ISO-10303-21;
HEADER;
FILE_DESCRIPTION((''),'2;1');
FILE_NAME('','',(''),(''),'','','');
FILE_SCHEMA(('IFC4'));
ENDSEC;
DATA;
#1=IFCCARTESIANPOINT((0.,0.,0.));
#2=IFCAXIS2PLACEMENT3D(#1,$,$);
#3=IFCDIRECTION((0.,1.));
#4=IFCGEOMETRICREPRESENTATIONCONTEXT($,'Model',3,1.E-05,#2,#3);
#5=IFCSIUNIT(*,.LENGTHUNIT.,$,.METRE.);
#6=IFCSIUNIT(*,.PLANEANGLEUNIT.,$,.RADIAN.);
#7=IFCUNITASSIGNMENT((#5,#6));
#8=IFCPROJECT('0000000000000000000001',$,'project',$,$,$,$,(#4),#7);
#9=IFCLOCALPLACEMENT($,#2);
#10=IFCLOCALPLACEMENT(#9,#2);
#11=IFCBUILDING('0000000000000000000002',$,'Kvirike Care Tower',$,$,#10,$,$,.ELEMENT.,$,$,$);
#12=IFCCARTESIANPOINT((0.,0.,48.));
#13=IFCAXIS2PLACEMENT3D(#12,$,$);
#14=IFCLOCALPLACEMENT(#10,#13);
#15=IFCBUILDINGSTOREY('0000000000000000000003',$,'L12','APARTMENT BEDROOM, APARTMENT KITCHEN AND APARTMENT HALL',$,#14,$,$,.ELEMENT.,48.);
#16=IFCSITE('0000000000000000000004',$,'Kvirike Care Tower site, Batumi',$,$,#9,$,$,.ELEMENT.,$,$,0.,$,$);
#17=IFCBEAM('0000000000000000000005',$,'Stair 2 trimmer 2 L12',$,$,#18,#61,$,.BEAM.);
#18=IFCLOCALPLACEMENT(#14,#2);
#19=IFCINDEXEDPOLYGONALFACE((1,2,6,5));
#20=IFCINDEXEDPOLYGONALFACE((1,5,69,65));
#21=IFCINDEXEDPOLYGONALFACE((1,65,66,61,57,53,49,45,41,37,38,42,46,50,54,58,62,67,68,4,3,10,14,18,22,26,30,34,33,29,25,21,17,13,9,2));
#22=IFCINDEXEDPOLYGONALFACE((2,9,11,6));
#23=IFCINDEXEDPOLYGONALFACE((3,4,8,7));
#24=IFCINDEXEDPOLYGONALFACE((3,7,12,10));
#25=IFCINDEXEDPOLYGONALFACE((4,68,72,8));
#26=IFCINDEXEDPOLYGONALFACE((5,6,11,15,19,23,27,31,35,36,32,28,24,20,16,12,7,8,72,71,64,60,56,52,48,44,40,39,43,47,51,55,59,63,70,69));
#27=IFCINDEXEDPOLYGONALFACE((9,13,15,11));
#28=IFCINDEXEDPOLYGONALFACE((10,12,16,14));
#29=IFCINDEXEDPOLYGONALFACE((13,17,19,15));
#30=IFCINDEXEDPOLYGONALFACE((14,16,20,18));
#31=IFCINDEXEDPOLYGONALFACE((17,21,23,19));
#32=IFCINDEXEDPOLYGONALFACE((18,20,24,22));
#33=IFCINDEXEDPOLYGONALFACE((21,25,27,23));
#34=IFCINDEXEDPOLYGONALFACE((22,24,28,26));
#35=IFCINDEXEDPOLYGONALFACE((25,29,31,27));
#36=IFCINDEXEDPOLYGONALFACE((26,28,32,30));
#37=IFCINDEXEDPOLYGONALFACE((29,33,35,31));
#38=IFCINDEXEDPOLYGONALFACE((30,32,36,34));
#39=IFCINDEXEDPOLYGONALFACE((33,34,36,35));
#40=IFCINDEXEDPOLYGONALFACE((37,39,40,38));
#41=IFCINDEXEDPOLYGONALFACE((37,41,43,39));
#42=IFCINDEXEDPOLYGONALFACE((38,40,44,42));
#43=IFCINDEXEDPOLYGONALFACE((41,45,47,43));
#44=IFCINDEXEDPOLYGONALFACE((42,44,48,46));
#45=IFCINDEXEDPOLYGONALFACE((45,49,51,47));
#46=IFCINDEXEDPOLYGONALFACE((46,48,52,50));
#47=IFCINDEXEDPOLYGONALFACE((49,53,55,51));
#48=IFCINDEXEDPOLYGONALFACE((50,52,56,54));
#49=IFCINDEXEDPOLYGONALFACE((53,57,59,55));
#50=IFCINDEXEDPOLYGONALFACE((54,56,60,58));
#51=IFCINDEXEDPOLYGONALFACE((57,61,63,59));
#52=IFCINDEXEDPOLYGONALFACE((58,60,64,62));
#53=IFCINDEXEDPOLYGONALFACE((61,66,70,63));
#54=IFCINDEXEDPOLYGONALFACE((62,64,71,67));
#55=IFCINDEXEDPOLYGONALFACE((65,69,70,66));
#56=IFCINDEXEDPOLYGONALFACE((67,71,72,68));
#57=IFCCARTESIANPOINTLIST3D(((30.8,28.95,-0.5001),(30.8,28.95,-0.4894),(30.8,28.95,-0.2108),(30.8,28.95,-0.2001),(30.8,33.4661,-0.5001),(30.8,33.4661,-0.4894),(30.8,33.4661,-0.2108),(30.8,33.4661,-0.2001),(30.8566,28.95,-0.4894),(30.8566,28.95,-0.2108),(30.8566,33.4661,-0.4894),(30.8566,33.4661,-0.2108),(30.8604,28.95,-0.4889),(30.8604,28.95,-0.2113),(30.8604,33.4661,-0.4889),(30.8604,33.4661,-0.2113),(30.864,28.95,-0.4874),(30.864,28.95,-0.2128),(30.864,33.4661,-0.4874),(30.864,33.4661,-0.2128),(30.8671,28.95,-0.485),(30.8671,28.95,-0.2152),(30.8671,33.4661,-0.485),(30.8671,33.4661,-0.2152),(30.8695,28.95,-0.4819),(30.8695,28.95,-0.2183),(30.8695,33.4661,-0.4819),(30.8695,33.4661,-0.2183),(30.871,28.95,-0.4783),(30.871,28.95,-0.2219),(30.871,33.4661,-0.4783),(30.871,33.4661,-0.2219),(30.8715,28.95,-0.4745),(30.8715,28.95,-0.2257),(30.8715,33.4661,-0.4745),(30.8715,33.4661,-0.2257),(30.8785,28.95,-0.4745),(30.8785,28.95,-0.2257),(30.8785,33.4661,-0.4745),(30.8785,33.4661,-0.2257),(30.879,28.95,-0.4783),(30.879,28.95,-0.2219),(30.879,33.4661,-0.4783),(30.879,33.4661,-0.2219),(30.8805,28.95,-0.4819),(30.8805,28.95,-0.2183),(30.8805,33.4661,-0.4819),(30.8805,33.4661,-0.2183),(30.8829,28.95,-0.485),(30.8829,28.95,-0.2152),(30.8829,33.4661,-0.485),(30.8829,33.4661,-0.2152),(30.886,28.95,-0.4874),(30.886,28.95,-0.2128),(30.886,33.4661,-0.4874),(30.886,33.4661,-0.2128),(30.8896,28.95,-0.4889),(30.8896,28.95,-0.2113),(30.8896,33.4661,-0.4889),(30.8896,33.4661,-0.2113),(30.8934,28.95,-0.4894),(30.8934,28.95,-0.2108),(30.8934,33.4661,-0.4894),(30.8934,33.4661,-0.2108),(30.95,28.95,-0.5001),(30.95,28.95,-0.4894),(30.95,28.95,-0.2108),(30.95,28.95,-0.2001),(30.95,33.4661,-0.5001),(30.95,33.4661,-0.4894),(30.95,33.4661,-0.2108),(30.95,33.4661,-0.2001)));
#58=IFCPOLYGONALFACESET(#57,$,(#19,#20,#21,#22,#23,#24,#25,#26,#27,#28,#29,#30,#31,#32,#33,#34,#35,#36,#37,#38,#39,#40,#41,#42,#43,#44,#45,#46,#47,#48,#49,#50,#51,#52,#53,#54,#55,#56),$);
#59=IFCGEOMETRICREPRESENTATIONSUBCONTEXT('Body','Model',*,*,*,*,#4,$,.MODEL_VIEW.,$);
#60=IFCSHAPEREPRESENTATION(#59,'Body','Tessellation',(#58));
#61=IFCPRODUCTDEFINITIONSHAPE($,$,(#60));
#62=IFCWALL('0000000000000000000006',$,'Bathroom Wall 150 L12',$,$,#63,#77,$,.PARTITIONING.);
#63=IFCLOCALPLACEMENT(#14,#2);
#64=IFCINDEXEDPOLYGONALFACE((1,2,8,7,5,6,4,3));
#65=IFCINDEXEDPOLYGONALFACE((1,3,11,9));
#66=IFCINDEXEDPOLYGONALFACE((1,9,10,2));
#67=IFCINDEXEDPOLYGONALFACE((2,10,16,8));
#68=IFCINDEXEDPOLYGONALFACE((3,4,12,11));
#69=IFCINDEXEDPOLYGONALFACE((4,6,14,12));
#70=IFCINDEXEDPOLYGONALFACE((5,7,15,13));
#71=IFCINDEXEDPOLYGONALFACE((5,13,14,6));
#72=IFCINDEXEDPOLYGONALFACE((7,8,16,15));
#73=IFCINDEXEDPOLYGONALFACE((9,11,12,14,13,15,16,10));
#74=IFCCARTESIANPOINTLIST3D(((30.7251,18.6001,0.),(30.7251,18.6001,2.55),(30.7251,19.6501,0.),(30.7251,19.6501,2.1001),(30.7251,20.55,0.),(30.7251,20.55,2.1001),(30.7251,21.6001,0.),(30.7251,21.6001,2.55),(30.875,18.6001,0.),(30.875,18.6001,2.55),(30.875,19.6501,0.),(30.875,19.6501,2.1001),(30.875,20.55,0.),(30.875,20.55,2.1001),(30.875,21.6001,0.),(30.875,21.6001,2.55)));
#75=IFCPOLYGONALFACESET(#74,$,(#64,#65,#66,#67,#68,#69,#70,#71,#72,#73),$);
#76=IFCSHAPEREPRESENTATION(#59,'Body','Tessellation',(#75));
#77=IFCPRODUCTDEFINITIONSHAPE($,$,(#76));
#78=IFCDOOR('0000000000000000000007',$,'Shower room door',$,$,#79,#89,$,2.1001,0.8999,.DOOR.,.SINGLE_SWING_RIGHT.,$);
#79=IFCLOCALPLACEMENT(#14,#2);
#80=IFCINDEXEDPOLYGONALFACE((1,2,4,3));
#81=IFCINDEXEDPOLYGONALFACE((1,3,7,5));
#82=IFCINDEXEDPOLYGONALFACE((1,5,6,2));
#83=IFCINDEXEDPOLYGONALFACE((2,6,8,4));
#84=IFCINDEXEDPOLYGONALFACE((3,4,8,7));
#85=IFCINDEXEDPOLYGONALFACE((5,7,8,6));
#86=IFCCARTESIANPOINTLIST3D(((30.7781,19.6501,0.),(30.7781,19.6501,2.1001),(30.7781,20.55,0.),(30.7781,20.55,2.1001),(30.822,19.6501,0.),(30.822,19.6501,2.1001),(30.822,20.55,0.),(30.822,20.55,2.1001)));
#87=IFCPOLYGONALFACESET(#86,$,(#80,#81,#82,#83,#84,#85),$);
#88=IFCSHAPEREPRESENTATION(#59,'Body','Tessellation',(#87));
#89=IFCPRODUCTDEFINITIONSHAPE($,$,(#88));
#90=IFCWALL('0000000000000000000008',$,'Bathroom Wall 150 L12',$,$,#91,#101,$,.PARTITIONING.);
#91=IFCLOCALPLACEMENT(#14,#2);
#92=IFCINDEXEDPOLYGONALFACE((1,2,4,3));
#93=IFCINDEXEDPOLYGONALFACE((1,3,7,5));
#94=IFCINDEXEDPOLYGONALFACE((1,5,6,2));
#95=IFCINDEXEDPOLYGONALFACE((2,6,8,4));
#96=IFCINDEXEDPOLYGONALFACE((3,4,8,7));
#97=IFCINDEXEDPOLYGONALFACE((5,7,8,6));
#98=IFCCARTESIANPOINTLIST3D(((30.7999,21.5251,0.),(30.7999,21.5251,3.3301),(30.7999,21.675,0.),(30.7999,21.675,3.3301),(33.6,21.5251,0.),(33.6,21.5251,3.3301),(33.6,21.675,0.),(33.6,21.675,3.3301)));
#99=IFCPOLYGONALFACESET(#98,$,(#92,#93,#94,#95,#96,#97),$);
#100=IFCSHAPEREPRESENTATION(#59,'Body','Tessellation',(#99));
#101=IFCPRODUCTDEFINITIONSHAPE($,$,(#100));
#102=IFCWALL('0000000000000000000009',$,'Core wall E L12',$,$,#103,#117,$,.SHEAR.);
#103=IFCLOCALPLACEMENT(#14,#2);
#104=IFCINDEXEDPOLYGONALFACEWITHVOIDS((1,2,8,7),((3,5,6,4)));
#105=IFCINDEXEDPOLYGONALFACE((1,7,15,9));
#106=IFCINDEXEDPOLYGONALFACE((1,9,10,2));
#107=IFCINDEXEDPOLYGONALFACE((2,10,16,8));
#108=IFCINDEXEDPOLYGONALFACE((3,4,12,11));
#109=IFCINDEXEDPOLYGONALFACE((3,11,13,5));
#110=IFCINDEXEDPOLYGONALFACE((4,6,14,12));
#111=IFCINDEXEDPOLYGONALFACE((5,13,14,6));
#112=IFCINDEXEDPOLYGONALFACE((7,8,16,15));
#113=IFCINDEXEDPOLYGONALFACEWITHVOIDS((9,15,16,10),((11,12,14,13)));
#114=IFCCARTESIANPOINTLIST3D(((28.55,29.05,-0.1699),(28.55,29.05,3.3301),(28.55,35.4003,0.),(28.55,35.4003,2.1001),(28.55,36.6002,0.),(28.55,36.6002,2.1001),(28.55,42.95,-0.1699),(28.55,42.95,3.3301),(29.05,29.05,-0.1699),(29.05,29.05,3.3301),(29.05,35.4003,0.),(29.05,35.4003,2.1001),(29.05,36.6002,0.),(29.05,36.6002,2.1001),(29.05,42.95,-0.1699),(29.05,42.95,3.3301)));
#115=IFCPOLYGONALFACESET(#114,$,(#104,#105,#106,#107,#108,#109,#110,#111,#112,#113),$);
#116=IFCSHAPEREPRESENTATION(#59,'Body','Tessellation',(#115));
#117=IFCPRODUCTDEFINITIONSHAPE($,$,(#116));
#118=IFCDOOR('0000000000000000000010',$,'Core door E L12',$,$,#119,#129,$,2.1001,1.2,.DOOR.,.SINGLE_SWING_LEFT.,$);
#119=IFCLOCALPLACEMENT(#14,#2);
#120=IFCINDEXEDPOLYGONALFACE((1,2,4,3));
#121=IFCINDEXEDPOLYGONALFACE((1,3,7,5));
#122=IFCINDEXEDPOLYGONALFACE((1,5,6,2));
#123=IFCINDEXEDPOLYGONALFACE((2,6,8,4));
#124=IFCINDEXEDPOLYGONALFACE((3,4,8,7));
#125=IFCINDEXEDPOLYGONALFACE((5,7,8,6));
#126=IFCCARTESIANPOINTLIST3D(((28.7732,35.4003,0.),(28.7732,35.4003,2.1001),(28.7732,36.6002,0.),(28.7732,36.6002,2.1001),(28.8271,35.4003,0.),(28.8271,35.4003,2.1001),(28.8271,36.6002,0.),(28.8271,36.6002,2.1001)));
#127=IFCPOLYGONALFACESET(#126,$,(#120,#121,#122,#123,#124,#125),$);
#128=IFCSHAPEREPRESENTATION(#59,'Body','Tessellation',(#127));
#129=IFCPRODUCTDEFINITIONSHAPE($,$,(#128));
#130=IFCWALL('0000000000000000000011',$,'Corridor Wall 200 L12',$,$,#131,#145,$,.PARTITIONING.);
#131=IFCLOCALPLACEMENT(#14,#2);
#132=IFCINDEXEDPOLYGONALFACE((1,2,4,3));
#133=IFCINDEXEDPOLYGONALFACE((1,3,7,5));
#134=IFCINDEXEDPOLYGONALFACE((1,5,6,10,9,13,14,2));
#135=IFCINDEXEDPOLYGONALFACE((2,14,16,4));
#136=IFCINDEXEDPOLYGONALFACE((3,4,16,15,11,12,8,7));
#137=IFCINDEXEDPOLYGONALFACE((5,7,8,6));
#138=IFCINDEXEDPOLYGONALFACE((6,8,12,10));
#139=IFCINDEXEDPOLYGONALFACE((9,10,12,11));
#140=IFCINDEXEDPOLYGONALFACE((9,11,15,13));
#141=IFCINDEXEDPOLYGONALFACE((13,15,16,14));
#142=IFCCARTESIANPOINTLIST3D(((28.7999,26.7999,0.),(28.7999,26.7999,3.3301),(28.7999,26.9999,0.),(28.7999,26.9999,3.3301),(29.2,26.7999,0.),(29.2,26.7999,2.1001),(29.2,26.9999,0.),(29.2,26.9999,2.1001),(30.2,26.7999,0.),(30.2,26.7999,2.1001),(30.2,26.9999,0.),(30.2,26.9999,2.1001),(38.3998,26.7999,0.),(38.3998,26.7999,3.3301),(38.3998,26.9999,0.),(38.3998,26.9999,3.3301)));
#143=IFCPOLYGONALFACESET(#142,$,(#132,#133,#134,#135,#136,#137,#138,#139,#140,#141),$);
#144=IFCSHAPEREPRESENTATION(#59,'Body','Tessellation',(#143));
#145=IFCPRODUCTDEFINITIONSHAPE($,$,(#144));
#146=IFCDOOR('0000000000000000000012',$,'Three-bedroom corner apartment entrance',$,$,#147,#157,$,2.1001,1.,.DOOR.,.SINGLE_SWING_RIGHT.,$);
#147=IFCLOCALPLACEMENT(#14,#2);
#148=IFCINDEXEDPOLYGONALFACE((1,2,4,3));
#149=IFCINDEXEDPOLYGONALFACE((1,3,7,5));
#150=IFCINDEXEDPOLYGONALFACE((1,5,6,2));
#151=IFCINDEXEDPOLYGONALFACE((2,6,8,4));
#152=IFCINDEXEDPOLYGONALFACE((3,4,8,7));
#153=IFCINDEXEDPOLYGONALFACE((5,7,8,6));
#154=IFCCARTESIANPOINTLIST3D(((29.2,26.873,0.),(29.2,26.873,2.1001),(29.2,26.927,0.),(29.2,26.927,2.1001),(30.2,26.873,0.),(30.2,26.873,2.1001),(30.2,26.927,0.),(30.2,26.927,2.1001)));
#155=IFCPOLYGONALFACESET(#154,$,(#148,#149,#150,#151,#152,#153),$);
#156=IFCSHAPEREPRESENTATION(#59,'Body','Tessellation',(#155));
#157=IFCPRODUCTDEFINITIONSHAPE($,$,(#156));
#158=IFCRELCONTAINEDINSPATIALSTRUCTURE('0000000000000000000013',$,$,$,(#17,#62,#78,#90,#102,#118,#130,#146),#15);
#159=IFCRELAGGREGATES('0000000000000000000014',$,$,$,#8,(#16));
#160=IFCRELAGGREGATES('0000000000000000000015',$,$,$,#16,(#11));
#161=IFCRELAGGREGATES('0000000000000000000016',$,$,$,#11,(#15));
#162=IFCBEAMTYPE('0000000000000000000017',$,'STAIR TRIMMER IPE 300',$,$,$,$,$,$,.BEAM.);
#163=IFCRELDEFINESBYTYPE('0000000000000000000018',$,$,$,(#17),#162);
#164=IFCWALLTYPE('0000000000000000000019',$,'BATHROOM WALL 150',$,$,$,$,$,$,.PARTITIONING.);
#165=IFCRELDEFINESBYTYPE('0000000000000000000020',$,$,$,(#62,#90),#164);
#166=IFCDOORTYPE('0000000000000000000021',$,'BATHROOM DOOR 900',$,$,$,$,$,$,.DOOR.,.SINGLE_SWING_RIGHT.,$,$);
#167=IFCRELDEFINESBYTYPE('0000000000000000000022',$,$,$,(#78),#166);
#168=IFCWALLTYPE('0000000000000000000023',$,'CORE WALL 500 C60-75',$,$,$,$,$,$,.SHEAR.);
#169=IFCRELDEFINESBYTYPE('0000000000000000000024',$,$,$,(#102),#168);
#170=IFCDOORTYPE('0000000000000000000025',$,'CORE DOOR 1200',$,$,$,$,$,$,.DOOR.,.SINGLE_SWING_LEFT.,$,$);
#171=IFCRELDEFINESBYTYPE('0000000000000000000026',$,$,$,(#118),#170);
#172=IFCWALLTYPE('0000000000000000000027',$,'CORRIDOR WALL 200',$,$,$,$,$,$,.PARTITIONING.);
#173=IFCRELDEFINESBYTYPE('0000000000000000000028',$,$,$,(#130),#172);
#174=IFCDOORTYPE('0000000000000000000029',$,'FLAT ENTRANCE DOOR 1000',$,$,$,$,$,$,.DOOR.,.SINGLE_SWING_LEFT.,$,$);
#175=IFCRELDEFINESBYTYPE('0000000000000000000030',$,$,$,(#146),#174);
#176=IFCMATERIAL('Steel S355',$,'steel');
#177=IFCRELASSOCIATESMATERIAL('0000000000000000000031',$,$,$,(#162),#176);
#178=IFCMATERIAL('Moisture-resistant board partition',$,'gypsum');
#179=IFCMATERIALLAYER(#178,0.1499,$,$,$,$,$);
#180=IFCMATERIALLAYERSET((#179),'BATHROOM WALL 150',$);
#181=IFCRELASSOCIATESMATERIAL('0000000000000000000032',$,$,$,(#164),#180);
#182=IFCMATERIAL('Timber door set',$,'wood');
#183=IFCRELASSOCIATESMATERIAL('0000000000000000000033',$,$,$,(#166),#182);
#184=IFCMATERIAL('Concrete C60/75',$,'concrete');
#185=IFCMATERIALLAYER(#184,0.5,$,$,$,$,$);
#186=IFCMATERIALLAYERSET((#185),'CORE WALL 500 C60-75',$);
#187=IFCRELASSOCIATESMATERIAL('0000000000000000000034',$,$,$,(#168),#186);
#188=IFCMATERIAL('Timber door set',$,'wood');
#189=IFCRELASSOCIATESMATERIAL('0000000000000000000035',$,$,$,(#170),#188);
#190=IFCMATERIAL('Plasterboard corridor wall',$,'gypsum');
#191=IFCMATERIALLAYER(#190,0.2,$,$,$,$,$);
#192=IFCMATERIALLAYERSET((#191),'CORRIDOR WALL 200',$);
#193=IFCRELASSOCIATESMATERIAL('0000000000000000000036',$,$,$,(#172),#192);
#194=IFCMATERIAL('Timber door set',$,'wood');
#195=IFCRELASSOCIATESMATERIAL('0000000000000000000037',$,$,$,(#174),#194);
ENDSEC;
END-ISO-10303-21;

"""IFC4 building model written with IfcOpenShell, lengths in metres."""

from ifc_helpers import new_model, si_unit, direction, frame, frame_2d, origin, origin_2d, place, context, subcontext, project, spatial, rectangle, i_section, extrude, material, layer, layer_set, material_profile, profile_set, type_object, element, fill, save


model = new_model("IFC4")

# Units and contexts
model_context = context("Model", 3, precision=1e-05, world=origin(), true_north=direction((0.0, 1.0)))
body_context = subcontext(model_context, "Body", "Model", "MODEL_VIEW")
ifc_project = project(units=[si_unit("LENGTHUNIT", "METRE"), si_unit("PLANEANGLEUNIT", "RADIAN")], contexts=[model_context])

# Site, building, storey
site_placement = place(None, origin())
site = spatial("IfcSite", under=ifc_project, at=site_placement, Name="Kvirike Care Tower site, Batumi", CompositionType="ELEMENT", RefElevation=0.0)
building_placement = place(site_placement, origin())
building = spatial("IfcBuilding", under=site, at=building_placement, Name="Kvirike Care Tower", CompositionType="ELEMENT")
storey_placement = place(building_placement, frame((0.0, 0.0, 48.0)))
storey = spatial("IfcBuildingStorey", under=building, at=storey_placement, Name="L12", Description="APARTMENT BEDROOM, APARTMENT KITCHEN AND APARTMENT HALL", CompositionType="ELEMENT", Elevation=48.0)

# Beam
ifc_material_1 = material(Name="Steel S355", Category="steel")
ifc_material_profile_1 = material_profile(ifc_material_1, i_section(OverallWidth=0.1499, OverallDepth=0.3, WebThickness=0.0071, FlangeThickness=0.0107, FilletRadius=0.0149, at=origin_2d()), Name="IPE 300")
ifc_profile_set_1 = profile_set([ifc_material_profile_1], Name="Steel S355")
beam_type_1 = type_object("IfcBeamType", Name="STAIR TRIMMER IPE 300", PredefinedType="BEAM", material=ifc_profile_set_1)
for number, where, z_axis, x_axis, name in (
    (1, (30.875, 28.95, -0.3501), (0.0, 1.0, 0.0), (-1.0, 0.0, 0.0), "Stair 2 trimmer 2 L12"),
):
    element("IfcBeam", number, at=place(storey_placement, frame(where, z_axis=z_axis, x_axis=x_axis)), inside=storey, type_object=beam_type_1, Name=name, PredefinedType="BEAM", context=body_context, shape_type="SweptSolid", body=[
        extrude(i_section(OverallWidth=0.1499, OverallDepth=0.3, WebThickness=0.0071, FlangeThickness=0.0107, FilletRadius=0.0149, at=origin_2d()), origin(), (0.0, 0.0, 1.0), 4.5161),
    ])

# Wall, opening, door
ifc_material_2 = material(Name="Moisture-resistant board partition", Category="gypsum")
ifc_layer_1 = layer(ifc_material_2, 0.1499)
ifc_layer_set_1 = layer_set([ifc_layer_1], Name="BATHROOM WALL 150")
wall_type_1 = type_object("IfcWallType", Name="BATHROOM WALL 150", PredefinedType="PARTITIONING", material=ifc_layer_set_1)
wall_1_placement = place(storey_placement, frame((30.8, 18.6001, 0.0), z_axis=(0.0, 0.0, 1.0), x_axis=(0.0, 1.0, 0.0)))
wall_1 = element("IfcWall", 2, at=wall_1_placement, inside=storey, type_object=wall_type_1, Name="Bathroom Wall 150 L12", PredefinedType="PARTITIONING", context=body_context, shape_type="SweptSolid", body=[
    extrude(rectangle(XDim=3.0, YDim=0.1499, at=frame_2d((1.5, 0.0))), origin(), (0.0, 0.0, 1.0), 2.55),
])
opening_1_placement = place(wall_1_placement, frame((1.05, 0.0, 0.0)))
opening_1 = element("IfcOpeningElement", 3, at=opening_1_placement, cuts=wall_1, PredefinedType="OPENING", context=body_context, shape_type="SweptSolid", body=[
    extrude(rectangle(XDim=0.8999, YDim=2.1001, at=frame_2d((0.45, 1.05))), frame((0.0, 0.0854, 0.0), z_axis=(0.0, -1.0, 0.0), x_axis=(1.0, 0.0, 0.0)), (0.0, 0.0, 1.0), 0.1709),
])
ifc_material_3 = material(Name="Timber door set", Category="wood")
door_type_1 = type_object("IfcDoorType", Name="BATHROOM DOOR 900", OperationType="SINGLE_SWING_RIGHT", PredefinedType="DOOR", material=ifc_material_3)
door_1_placement = place(opening_1_placement, frame((0.8999, 0.0, 0.0), z_axis=(0.0, 0.0, 1.0), x_axis=(-1.0, 0.0, 0.0)))
door_1 = element("IfcDoor", 4, at=door_1_placement, inside=storey, type_object=door_type_1, Name="Shower room door", OperationType="SINGLE_SWING_RIGHT", OverallHeight=2.1001, OverallWidth=0.8999, PredefinedType="DOOR", context=body_context, shape_type="SweptSolid", body=[
    extrude(rectangle(XDim=0.8999, YDim=2.1001, at=frame_2d((0.45, 1.05))), frame((0.0, 0.022, 0.0), z_axis=(0.0, -1.0, 0.0), x_axis=(1.0, 0.0, 0.0)), (0.0, 0.0, 1.0), 0.0439),
])
fill(opening_1, door_1)

# Wall
wall_2_placement = place(storey_placement, frame((30.8, 21.6001, 0.0), z_axis=(0.0, 0.0, 1.0), x_axis=(1.0, 0.0, 0.0)))
element("IfcWall", 5, at=wall_2_placement, inside=storey, type_object=wall_type_1, Name="Bathroom Wall 150 L12", PredefinedType="PARTITIONING", context=body_context, shape_type="SweptSolid", body=[
    extrude(rectangle(XDim=2.8, YDim=0.1499, at=frame_2d((1.3999, 0.0))), origin(), (0.0, 0.0, 1.0), 3.3301),
])

# Walls, openings, doors
ifc_material_4 = material(Name="Concrete C60/75", Category="concrete")
ifc_layer_2 = layer(ifc_material_4, 0.5)
ifc_layer_set_2 = layer_set([ifc_layer_2], Name="CORE WALL 500 C60-75")
wall_type_2 = type_object("IfcWallType", Name="CORE WALL 500 C60-75", PredefinedType="SHEAR", material=ifc_layer_set_2)
wall_3_placement = place(storey_placement, frame((28.8, 29.05, -0.1699), z_axis=(0.0, 0.0, 1.0), x_axis=(0.0, 1.0, 0.0)))
wall_3 = element("IfcWall", 6, at=wall_3_placement, inside=storey, type_object=wall_type_2, Name="Core wall E L12", PredefinedType="SHEAR", context=body_context, shape_type="SweptSolid", body=[
    extrude(rectangle(XDim=13.8999, YDim=0.5, at=frame_2d((6.95, 0.0))), origin(), (0.0, 0.0, 1.0), 3.5),
])
opening_2_placement = place(wall_3_placement, frame((6.3501, 0.0, 0.1699)))
opening_2 = element("IfcOpeningElement", 7, at=opening_2_placement, cuts=wall_3, PredefinedType="OPENING", context=body_context, shape_type="SweptSolid", body=[
    extrude(rectangle(XDim=1.2, YDim=2.1001, at=frame_2d((0.6001, 1.05))), frame((0.0, 0.2605, 0.0), z_axis=(0.0, -1.0, 0.0), x_axis=(1.0, 0.0, 0.0)), (0.0, 0.0, 1.0), 0.521),
])
ifc_material_5 = material(Name="Timber door set", Category="wood")
door_type_2 = type_object("IfcDoorType", Name="CORE DOOR 1200", OperationType="SINGLE_SWING_LEFT", PredefinedType="DOOR", material=ifc_material_5)
door_2_placement = place(opening_2_placement, origin())
door_2 = element("IfcDoor", 8, at=door_2_placement, inside=storey, type_object=door_type_2, Name="Core door E L12", OperationType="SINGLE_SWING_LEFT", OverallHeight=2.1001, OverallWidth=1.2, PredefinedType="DOOR", context=body_context, shape_type="SweptSolid", body=[
    extrude(rectangle(XDim=1.2, YDim=2.1001, at=frame_2d((0.6001, 1.05))), frame((0.0, 0.0269, 0.0), z_axis=(0.0, -1.0, 0.0), x_axis=(1.0, 0.0, 0.0)), (0.0, 0.0, 1.0), 0.054),
])
fill(opening_2, door_2)
ifc_material_6 = material(Name="Plasterboard corridor wall", Category="gypsum")
ifc_layer_3 = layer(ifc_material_6, 0.2)
ifc_layer_set_3 = layer_set([ifc_layer_3], Name="CORRIDOR WALL 200")
wall_type_3 = type_object("IfcWallType", Name="CORRIDOR WALL 200", PredefinedType="PARTITIONING", material=ifc_layer_set_3)
wall_4_placement = place(storey_placement, frame((28.8, 26.8999, 0.0), z_axis=(0.0, 0.0, 1.0), x_axis=(1.0, 0.0, 0.0)))
wall_4 = element("IfcWall", 9, at=wall_4_placement, inside=storey, type_object=wall_type_3, Name="Corridor Wall 200 L12", PredefinedType="PARTITIONING", context=body_context, shape_type="SweptSolid", body=[
    extrude(rectangle(XDim=9.5999, YDim=0.2, at=frame_2d((4.7998, 0.0))), origin(), (0.0, 0.0, 1.0), 3.3301),
])
opening_3_placement = place(wall_4_placement, frame((0.3999, 0.0, 0.0)))
opening_3 = element("IfcOpeningElement", 10, at=opening_3_placement, cuts=wall_4, PredefinedType="OPENING", context=body_context, shape_type="SweptSolid", body=[
    extrude(rectangle(XDim=1.0, YDim=2.1001, at=frame_2d((0.5, 1.05))), frame((0.0, 0.1106, 0.0), z_axis=(0.0, -1.0, 0.0), x_axis=(1.0, 0.0, 0.0)), (0.0, 0.0, 1.0), 0.2209),
])
ifc_material_7 = material(Name="Timber door set", Category="wood")
door_type_3 = type_object("IfcDoorType", Name="FLAT ENTRANCE DOOR 1000", OperationType="SINGLE_SWING_LEFT", PredefinedType="DOOR", material=ifc_material_7)
door_3_placement = place(opening_3_placement, frame((1.0, 0.0, 0.0), z_axis=(0.0, 0.0, 1.0), x_axis=(-1.0, 0.0, 0.0)))
door_3 = element("IfcDoor", 11, at=door_3_placement, inside=storey, type_object=door_type_3, Name="Three-bedroom corner apartment entrance", OperationType="SINGLE_SWING_RIGHT", OverallHeight=2.1001, OverallWidth=1.0, PredefinedType="DOOR", context=body_context, shape_type="SweptSolid", body=[
    extrude(rectangle(XDim=1.0, YDim=2.1001, at=frame_2d((0.5, 1.05))), frame((0.0, 0.0269, 0.0), z_axis=(0.0, -1.0, 0.0), x_axis=(1.0, 0.0, 0.0)), (0.0, 0.0, 1.0), 0.054),
])
fill(opening_3, door_3)

save(model, "model.ifc")
